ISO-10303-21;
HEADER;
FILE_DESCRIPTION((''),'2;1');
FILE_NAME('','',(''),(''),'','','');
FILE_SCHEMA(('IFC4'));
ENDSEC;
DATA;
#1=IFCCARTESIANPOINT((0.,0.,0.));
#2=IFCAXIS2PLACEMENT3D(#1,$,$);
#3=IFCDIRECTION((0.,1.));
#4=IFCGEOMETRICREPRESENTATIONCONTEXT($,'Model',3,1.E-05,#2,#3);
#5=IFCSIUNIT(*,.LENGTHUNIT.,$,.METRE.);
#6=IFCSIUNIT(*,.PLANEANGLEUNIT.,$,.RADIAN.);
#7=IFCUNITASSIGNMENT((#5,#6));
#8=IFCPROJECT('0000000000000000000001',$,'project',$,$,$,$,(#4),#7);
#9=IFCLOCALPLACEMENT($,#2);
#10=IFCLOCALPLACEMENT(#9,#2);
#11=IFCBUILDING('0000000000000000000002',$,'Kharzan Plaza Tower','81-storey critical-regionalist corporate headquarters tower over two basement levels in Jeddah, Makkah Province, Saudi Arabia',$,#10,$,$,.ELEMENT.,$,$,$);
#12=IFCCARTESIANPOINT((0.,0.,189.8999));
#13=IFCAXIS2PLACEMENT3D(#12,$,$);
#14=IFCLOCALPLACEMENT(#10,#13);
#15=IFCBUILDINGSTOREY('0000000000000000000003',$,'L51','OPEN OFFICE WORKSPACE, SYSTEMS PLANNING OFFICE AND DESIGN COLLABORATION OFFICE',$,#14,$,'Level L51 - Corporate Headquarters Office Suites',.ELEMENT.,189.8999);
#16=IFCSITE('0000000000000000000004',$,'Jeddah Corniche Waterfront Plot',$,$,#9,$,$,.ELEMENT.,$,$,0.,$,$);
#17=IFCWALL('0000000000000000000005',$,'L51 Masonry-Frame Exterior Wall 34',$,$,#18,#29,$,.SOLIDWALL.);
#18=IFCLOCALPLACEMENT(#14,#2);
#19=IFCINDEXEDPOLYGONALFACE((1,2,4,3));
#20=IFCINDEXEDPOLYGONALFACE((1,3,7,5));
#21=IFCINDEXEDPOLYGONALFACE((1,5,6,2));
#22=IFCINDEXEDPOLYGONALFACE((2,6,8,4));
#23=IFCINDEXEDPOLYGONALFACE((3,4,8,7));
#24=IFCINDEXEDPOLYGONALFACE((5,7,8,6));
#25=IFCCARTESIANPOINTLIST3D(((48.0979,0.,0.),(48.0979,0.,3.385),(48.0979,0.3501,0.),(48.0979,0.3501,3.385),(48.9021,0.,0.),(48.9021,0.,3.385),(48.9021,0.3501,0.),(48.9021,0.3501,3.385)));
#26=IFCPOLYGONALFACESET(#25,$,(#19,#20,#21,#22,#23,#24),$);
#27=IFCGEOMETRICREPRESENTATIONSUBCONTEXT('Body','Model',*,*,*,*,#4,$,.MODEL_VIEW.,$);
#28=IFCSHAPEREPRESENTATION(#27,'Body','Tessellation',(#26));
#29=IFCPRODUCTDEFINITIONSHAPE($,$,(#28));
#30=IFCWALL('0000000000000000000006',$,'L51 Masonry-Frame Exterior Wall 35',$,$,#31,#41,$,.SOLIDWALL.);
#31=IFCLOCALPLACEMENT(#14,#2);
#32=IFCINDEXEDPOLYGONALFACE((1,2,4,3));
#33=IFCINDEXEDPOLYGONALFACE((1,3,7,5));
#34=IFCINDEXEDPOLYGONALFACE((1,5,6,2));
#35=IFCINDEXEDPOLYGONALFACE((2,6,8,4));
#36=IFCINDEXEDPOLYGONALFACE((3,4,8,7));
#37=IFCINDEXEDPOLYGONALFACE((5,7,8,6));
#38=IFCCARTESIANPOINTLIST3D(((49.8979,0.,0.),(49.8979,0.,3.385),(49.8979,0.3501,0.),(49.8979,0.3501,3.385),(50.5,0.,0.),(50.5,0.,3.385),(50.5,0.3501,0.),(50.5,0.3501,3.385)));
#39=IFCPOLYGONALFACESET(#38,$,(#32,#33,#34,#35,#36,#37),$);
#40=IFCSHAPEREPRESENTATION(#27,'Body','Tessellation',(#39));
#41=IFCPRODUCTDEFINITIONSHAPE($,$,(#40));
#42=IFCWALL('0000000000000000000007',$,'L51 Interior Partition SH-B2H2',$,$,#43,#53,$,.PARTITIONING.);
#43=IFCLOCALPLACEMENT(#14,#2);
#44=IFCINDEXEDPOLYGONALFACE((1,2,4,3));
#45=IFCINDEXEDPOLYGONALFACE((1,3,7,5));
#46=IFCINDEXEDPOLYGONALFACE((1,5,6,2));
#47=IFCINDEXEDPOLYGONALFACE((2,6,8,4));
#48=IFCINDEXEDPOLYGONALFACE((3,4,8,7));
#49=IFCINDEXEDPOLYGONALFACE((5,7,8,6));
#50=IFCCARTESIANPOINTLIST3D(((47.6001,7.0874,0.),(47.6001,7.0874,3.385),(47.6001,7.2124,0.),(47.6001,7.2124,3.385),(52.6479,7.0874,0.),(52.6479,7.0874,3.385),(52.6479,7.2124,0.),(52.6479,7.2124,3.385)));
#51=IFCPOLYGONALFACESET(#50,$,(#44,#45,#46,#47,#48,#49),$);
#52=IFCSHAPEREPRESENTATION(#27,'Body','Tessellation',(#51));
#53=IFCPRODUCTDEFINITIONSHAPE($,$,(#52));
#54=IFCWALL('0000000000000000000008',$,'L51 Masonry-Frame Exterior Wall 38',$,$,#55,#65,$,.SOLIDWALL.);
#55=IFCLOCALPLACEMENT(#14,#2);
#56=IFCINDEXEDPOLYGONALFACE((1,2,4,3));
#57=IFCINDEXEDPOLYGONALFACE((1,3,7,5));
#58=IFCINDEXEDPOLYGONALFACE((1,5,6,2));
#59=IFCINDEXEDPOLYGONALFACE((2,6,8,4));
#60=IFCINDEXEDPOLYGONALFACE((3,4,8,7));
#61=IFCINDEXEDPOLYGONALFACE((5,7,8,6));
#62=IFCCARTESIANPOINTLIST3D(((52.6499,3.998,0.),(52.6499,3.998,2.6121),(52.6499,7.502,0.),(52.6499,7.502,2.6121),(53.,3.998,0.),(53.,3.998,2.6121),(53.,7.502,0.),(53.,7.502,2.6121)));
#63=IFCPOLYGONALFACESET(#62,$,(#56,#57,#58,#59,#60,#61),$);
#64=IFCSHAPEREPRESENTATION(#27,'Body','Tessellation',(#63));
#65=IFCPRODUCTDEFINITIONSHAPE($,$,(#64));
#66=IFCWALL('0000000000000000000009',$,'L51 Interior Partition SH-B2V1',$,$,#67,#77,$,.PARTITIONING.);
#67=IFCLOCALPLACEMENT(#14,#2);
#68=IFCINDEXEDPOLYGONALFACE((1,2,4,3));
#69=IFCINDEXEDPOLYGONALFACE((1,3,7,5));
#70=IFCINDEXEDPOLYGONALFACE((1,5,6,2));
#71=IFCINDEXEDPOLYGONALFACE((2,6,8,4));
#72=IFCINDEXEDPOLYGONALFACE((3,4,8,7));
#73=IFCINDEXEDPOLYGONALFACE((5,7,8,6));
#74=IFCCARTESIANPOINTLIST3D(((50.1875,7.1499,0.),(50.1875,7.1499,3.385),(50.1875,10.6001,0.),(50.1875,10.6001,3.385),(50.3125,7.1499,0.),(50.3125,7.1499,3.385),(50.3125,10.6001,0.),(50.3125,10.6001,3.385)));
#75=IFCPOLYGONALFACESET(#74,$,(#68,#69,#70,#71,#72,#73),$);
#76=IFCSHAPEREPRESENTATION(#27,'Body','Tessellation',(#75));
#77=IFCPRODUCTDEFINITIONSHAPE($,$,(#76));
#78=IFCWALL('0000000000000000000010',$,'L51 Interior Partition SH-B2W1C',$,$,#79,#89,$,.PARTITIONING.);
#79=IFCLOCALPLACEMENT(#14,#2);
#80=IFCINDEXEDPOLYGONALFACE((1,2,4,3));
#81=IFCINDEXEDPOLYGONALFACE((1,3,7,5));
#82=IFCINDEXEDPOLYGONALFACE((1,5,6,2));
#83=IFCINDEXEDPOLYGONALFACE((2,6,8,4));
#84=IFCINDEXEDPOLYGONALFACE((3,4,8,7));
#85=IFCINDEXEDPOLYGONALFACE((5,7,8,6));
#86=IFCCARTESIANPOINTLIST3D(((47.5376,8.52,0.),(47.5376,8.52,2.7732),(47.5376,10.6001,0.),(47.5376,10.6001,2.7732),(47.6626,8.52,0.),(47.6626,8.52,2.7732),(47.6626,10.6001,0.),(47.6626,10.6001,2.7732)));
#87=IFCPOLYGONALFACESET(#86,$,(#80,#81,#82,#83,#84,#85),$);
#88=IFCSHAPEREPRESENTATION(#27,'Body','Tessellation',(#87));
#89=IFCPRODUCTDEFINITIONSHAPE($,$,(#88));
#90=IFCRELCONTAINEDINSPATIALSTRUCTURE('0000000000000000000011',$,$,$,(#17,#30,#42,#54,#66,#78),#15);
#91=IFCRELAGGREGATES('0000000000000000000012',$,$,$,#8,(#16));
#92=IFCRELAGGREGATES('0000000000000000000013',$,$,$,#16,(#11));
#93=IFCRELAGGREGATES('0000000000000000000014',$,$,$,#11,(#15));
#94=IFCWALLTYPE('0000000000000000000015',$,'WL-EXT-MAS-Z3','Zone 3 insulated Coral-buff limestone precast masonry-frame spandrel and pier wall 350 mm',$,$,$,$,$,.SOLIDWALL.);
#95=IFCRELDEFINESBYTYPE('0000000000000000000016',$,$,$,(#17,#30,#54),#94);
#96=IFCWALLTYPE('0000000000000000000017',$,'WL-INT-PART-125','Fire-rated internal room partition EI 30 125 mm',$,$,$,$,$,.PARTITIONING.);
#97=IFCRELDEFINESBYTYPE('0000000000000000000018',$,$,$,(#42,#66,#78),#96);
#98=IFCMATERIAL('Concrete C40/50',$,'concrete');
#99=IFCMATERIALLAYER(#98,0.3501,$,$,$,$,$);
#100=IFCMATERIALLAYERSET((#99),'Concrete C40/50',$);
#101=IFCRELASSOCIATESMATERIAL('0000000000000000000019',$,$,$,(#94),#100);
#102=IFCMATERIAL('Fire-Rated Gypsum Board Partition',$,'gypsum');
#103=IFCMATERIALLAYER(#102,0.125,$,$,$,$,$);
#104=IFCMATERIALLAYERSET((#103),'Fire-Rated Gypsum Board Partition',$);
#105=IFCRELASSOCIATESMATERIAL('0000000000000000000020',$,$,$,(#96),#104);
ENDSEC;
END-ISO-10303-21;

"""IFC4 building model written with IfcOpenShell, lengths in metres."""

from ifc_helpers import new_model, si_unit, direction, frame, frame_2d, origin, place, context, subcontext, project, spatial, rectangle, extrude, source, transform, mapped, material, layer, layer_set, type_object, element, save


model = new_model("IFC4")

# Units and contexts
model_context = context("Model", 3, precision=1e-05, world=origin(), true_north=direction((0.0, 1.0)))
body_context = subcontext(model_context, "Body", "Model", "MODEL_VIEW")
ifc_project = project(units=[si_unit("LENGTHUNIT", "METRE"), si_unit("PLANEANGLEUNIT", "RADIAN")], contexts=[model_context])

# Site, building, storey
site_placement = place(None, origin())
site = spatial("IfcSite", under=ifc_project, at=site_placement, Name="Jeddah Corniche Waterfront Plot", CompositionType="ELEMENT", RefElevation=0.0)
building_placement = place(site_placement, origin())
building = spatial("IfcBuilding", under=site, at=building_placement, Name="Kharzan Plaza Tower", Description="81-storey critical-regionalist corporate headquarters tower over two basement levels in Jeddah, Makkah Province, Saudi Arabia", CompositionType="ELEMENT")
storey_placement = place(building_placement, frame((0.0, 0.0, 189.8999)))
storey = spatial("IfcBuildingStorey", under=building, at=storey_placement, Name="L51", Description="OPEN OFFICE WORKSPACE, SYSTEMS PLANNING OFFICE AND DESIGN COLLABORATION OFFICE", LongName="Level L51 - Corporate Headquarters Office Suites", CompositionType="ELEMENT", Elevation=189.8999)

# Shared definitions
ifc_material_1 = material(Name="Concrete C40/50", Category="concrete")
ifc_layer_1 = layer(ifc_material_1, 0.3501)
ifc_layer_set_1 = layer_set([ifc_layer_1], Name="Concrete C40/50")
wall_type_1 = type_object("IfcWallType", Name="WL-EXT-MAS-Z3", Description="Zone 3 insulated Coral-buff limestone precast masonry-frame spandrel and pier wall 350 mm", PredefinedType="SOLIDWALL", material=ifc_layer_set_1)

# Walls
shared_shape_1 = source(origin(), body_context, "Body", "SweptSolid", [
    extrude(rectangle(XDim=0.8042, YDim=0.3501, at=frame_2d((0.4021, 0.0))), origin(), (0.0, 0.0, 1.0), 3.385),
])
wall_1_placement = place(storey_placement, frame((48.0979, 0.175, 0.0), z_axis=(0.0, 0.0, 1.0), x_axis=(1.0, 0.0, 0.0)))
element("IfcWall", 1, at=wall_1_placement, inside=storey, type_object=wall_type_1, Name="L51 Masonry-Frame Exterior Wall 34", PredefinedType="SOLIDWALL", context=body_context, shape_type="MappedRepresentation", body=[
    mapped(shared_shape_1, transform((0.0, 0.0, 0.0), x_axis=(1.0, 0.0, 0.0), y_axis=(0.0, 1.0, 0.0), z_axis=(0.0, 0.0, 1.0))),
])
shared_shape_2 = source(origin(), body_context, "Body", "SweptSolid", [
    extrude(rectangle(XDim=0.6021, YDim=0.3501, at=frame_2d((0.301, 0.0))), origin(), (0.0, 0.0, 1.0), 3.385),
])
wall_2_placement = place(storey_placement, frame((49.8979, 0.175, 0.0), z_axis=(0.0, 0.0, 1.0), x_axis=(1.0, 0.0, 0.0)))
element("IfcWall", 2, at=wall_2_placement, inside=storey, type_object=wall_type_1, Name="L51 Masonry-Frame Exterior Wall 35", PredefinedType="SOLIDWALL", context=body_context, shape_type="MappedRepresentation", body=[
    mapped(shared_shape_2, transform((0.0, 0.0, 0.0), x_axis=(1.0, 0.0, 0.0), y_axis=(0.0, 1.0, 0.0), z_axis=(0.0, 0.0, 1.0))),
])
ifc_material_2 = material(Name="Fire-Rated Gypsum Board Partition", Category="gypsum")
ifc_layer_2 = layer(ifc_material_2, 0.125)
ifc_layer_set_2 = layer_set([ifc_layer_2], Name="Fire-Rated Gypsum Board Partition")
wall_type_2 = type_object("IfcWallType", Name="WL-INT-PART-125", Description="Fire-rated internal room partition EI 30 125 mm", PredefinedType="PARTITIONING", material=ifc_layer_set_2)
shared_shape_3 = source(origin(), body_context, "Body", "SweptSolid", [
    extrude(rectangle(XDim=5.0479, YDim=0.125, at=frame_2d((2.5239, 0.0))), origin(), (0.0, 0.0, 1.0), 3.385),
])
wall_3_placement = place(storey_placement, frame((47.6001, 7.1499, 0.0), z_axis=(0.0, 0.0, 1.0), x_axis=(1.0, 0.0, 0.0)))
element("IfcWall", 3, at=wall_3_placement, inside=storey, type_object=wall_type_2, Name="L51 Interior Partition SH-B2H2", PredefinedType="PARTITIONING", context=body_context, shape_type="MappedRepresentation", body=[
    mapped(shared_shape_3, transform((0.0, 0.0, 0.0), x_axis=(1.0, 0.0, 0.0), y_axis=(0.0, 1.0, 0.0), z_axis=(0.0, 0.0, 1.0))),
])
shared_shape_4 = source(origin(), body_context, "Body", "SweptSolid", [
    extrude(rectangle(XDim=3.5039, YDim=0.3501, at=frame_2d((1.752, 0.0))), origin(), (0.0, 0.0, 1.0), 2.6121),
])
wall_4_placement = place(storey_placement, frame((52.825, 3.998, 0.0), z_axis=(0.0, 0.0, 1.0), x_axis=(0.0, 1.0, 0.0)))
element("IfcWall", 4, at=wall_4_placement, inside=storey, type_object=wall_type_1, Name="L51 Masonry-Frame Exterior Wall 38", PredefinedType="SOLIDWALL", context=body_context, shape_type="MappedRepresentation", body=[
    mapped(shared_shape_4, transform((0.0, 0.0, 0.0), x_axis=(1.0, 0.0, 0.0), y_axis=(0.0, 1.0, 0.0), z_axis=(0.0, 0.0, 1.0))),
])
shared_shape_5 = source(origin(), body_context, "Body", "SweptSolid", [
    extrude(rectangle(XDim=3.4502, YDim=0.125, at=frame_2d((1.7251, 0.0))), origin(), (0.0, 0.0, 1.0), 3.385),
])
wall_5_placement = place(storey_placement, frame((50.25, 7.1499, 0.0), z_axis=(0.0, 0.0, 1.0), x_axis=(0.0, 1.0, 0.0)))
element("IfcWall", 5, at=wall_5_placement, inside=storey, type_object=wall_type_2, Name="L51 Interior Partition SH-B2V1", PredefinedType="PARTITIONING", context=body_context, shape_type="MappedRepresentation", body=[
    mapped(shared_shape_5, transform((0.0, 0.0, 0.0), x_axis=(1.0, 0.0, 0.0), y_axis=(0.0, 1.0, 0.0), z_axis=(0.0, 0.0, 1.0))),
])
shared_shape_6 = source(origin(), body_context, "Body", "SweptSolid", [
    extrude(rectangle(XDim=2.0801, YDim=0.125, at=frame_2d((1.04, 0.0))), origin(), (0.0, 0.0, 1.0), 2.7732),
])
wall_6_placement = place(storey_placement, frame((47.6001, 8.52, 0.0), z_axis=(0.0, 0.0, 1.0), x_axis=(0.0, 1.0, 0.0)))
element("IfcWall", 6, at=wall_6_placement, inside=storey, type_object=wall_type_2, Name="L51 Interior Partition SH-B2W1C", PredefinedType="PARTITIONING", context=body_context, shape_type="MappedRepresentation", body=[
    mapped(shared_shape_6, transform((0.0, 0.0, 0.0), x_axis=(1.0, 0.0, 0.0), y_axis=(0.0, 1.0, 0.0), z_axis=(0.0, 0.0, 1.0))),
])

save(model, "model.ifc")
